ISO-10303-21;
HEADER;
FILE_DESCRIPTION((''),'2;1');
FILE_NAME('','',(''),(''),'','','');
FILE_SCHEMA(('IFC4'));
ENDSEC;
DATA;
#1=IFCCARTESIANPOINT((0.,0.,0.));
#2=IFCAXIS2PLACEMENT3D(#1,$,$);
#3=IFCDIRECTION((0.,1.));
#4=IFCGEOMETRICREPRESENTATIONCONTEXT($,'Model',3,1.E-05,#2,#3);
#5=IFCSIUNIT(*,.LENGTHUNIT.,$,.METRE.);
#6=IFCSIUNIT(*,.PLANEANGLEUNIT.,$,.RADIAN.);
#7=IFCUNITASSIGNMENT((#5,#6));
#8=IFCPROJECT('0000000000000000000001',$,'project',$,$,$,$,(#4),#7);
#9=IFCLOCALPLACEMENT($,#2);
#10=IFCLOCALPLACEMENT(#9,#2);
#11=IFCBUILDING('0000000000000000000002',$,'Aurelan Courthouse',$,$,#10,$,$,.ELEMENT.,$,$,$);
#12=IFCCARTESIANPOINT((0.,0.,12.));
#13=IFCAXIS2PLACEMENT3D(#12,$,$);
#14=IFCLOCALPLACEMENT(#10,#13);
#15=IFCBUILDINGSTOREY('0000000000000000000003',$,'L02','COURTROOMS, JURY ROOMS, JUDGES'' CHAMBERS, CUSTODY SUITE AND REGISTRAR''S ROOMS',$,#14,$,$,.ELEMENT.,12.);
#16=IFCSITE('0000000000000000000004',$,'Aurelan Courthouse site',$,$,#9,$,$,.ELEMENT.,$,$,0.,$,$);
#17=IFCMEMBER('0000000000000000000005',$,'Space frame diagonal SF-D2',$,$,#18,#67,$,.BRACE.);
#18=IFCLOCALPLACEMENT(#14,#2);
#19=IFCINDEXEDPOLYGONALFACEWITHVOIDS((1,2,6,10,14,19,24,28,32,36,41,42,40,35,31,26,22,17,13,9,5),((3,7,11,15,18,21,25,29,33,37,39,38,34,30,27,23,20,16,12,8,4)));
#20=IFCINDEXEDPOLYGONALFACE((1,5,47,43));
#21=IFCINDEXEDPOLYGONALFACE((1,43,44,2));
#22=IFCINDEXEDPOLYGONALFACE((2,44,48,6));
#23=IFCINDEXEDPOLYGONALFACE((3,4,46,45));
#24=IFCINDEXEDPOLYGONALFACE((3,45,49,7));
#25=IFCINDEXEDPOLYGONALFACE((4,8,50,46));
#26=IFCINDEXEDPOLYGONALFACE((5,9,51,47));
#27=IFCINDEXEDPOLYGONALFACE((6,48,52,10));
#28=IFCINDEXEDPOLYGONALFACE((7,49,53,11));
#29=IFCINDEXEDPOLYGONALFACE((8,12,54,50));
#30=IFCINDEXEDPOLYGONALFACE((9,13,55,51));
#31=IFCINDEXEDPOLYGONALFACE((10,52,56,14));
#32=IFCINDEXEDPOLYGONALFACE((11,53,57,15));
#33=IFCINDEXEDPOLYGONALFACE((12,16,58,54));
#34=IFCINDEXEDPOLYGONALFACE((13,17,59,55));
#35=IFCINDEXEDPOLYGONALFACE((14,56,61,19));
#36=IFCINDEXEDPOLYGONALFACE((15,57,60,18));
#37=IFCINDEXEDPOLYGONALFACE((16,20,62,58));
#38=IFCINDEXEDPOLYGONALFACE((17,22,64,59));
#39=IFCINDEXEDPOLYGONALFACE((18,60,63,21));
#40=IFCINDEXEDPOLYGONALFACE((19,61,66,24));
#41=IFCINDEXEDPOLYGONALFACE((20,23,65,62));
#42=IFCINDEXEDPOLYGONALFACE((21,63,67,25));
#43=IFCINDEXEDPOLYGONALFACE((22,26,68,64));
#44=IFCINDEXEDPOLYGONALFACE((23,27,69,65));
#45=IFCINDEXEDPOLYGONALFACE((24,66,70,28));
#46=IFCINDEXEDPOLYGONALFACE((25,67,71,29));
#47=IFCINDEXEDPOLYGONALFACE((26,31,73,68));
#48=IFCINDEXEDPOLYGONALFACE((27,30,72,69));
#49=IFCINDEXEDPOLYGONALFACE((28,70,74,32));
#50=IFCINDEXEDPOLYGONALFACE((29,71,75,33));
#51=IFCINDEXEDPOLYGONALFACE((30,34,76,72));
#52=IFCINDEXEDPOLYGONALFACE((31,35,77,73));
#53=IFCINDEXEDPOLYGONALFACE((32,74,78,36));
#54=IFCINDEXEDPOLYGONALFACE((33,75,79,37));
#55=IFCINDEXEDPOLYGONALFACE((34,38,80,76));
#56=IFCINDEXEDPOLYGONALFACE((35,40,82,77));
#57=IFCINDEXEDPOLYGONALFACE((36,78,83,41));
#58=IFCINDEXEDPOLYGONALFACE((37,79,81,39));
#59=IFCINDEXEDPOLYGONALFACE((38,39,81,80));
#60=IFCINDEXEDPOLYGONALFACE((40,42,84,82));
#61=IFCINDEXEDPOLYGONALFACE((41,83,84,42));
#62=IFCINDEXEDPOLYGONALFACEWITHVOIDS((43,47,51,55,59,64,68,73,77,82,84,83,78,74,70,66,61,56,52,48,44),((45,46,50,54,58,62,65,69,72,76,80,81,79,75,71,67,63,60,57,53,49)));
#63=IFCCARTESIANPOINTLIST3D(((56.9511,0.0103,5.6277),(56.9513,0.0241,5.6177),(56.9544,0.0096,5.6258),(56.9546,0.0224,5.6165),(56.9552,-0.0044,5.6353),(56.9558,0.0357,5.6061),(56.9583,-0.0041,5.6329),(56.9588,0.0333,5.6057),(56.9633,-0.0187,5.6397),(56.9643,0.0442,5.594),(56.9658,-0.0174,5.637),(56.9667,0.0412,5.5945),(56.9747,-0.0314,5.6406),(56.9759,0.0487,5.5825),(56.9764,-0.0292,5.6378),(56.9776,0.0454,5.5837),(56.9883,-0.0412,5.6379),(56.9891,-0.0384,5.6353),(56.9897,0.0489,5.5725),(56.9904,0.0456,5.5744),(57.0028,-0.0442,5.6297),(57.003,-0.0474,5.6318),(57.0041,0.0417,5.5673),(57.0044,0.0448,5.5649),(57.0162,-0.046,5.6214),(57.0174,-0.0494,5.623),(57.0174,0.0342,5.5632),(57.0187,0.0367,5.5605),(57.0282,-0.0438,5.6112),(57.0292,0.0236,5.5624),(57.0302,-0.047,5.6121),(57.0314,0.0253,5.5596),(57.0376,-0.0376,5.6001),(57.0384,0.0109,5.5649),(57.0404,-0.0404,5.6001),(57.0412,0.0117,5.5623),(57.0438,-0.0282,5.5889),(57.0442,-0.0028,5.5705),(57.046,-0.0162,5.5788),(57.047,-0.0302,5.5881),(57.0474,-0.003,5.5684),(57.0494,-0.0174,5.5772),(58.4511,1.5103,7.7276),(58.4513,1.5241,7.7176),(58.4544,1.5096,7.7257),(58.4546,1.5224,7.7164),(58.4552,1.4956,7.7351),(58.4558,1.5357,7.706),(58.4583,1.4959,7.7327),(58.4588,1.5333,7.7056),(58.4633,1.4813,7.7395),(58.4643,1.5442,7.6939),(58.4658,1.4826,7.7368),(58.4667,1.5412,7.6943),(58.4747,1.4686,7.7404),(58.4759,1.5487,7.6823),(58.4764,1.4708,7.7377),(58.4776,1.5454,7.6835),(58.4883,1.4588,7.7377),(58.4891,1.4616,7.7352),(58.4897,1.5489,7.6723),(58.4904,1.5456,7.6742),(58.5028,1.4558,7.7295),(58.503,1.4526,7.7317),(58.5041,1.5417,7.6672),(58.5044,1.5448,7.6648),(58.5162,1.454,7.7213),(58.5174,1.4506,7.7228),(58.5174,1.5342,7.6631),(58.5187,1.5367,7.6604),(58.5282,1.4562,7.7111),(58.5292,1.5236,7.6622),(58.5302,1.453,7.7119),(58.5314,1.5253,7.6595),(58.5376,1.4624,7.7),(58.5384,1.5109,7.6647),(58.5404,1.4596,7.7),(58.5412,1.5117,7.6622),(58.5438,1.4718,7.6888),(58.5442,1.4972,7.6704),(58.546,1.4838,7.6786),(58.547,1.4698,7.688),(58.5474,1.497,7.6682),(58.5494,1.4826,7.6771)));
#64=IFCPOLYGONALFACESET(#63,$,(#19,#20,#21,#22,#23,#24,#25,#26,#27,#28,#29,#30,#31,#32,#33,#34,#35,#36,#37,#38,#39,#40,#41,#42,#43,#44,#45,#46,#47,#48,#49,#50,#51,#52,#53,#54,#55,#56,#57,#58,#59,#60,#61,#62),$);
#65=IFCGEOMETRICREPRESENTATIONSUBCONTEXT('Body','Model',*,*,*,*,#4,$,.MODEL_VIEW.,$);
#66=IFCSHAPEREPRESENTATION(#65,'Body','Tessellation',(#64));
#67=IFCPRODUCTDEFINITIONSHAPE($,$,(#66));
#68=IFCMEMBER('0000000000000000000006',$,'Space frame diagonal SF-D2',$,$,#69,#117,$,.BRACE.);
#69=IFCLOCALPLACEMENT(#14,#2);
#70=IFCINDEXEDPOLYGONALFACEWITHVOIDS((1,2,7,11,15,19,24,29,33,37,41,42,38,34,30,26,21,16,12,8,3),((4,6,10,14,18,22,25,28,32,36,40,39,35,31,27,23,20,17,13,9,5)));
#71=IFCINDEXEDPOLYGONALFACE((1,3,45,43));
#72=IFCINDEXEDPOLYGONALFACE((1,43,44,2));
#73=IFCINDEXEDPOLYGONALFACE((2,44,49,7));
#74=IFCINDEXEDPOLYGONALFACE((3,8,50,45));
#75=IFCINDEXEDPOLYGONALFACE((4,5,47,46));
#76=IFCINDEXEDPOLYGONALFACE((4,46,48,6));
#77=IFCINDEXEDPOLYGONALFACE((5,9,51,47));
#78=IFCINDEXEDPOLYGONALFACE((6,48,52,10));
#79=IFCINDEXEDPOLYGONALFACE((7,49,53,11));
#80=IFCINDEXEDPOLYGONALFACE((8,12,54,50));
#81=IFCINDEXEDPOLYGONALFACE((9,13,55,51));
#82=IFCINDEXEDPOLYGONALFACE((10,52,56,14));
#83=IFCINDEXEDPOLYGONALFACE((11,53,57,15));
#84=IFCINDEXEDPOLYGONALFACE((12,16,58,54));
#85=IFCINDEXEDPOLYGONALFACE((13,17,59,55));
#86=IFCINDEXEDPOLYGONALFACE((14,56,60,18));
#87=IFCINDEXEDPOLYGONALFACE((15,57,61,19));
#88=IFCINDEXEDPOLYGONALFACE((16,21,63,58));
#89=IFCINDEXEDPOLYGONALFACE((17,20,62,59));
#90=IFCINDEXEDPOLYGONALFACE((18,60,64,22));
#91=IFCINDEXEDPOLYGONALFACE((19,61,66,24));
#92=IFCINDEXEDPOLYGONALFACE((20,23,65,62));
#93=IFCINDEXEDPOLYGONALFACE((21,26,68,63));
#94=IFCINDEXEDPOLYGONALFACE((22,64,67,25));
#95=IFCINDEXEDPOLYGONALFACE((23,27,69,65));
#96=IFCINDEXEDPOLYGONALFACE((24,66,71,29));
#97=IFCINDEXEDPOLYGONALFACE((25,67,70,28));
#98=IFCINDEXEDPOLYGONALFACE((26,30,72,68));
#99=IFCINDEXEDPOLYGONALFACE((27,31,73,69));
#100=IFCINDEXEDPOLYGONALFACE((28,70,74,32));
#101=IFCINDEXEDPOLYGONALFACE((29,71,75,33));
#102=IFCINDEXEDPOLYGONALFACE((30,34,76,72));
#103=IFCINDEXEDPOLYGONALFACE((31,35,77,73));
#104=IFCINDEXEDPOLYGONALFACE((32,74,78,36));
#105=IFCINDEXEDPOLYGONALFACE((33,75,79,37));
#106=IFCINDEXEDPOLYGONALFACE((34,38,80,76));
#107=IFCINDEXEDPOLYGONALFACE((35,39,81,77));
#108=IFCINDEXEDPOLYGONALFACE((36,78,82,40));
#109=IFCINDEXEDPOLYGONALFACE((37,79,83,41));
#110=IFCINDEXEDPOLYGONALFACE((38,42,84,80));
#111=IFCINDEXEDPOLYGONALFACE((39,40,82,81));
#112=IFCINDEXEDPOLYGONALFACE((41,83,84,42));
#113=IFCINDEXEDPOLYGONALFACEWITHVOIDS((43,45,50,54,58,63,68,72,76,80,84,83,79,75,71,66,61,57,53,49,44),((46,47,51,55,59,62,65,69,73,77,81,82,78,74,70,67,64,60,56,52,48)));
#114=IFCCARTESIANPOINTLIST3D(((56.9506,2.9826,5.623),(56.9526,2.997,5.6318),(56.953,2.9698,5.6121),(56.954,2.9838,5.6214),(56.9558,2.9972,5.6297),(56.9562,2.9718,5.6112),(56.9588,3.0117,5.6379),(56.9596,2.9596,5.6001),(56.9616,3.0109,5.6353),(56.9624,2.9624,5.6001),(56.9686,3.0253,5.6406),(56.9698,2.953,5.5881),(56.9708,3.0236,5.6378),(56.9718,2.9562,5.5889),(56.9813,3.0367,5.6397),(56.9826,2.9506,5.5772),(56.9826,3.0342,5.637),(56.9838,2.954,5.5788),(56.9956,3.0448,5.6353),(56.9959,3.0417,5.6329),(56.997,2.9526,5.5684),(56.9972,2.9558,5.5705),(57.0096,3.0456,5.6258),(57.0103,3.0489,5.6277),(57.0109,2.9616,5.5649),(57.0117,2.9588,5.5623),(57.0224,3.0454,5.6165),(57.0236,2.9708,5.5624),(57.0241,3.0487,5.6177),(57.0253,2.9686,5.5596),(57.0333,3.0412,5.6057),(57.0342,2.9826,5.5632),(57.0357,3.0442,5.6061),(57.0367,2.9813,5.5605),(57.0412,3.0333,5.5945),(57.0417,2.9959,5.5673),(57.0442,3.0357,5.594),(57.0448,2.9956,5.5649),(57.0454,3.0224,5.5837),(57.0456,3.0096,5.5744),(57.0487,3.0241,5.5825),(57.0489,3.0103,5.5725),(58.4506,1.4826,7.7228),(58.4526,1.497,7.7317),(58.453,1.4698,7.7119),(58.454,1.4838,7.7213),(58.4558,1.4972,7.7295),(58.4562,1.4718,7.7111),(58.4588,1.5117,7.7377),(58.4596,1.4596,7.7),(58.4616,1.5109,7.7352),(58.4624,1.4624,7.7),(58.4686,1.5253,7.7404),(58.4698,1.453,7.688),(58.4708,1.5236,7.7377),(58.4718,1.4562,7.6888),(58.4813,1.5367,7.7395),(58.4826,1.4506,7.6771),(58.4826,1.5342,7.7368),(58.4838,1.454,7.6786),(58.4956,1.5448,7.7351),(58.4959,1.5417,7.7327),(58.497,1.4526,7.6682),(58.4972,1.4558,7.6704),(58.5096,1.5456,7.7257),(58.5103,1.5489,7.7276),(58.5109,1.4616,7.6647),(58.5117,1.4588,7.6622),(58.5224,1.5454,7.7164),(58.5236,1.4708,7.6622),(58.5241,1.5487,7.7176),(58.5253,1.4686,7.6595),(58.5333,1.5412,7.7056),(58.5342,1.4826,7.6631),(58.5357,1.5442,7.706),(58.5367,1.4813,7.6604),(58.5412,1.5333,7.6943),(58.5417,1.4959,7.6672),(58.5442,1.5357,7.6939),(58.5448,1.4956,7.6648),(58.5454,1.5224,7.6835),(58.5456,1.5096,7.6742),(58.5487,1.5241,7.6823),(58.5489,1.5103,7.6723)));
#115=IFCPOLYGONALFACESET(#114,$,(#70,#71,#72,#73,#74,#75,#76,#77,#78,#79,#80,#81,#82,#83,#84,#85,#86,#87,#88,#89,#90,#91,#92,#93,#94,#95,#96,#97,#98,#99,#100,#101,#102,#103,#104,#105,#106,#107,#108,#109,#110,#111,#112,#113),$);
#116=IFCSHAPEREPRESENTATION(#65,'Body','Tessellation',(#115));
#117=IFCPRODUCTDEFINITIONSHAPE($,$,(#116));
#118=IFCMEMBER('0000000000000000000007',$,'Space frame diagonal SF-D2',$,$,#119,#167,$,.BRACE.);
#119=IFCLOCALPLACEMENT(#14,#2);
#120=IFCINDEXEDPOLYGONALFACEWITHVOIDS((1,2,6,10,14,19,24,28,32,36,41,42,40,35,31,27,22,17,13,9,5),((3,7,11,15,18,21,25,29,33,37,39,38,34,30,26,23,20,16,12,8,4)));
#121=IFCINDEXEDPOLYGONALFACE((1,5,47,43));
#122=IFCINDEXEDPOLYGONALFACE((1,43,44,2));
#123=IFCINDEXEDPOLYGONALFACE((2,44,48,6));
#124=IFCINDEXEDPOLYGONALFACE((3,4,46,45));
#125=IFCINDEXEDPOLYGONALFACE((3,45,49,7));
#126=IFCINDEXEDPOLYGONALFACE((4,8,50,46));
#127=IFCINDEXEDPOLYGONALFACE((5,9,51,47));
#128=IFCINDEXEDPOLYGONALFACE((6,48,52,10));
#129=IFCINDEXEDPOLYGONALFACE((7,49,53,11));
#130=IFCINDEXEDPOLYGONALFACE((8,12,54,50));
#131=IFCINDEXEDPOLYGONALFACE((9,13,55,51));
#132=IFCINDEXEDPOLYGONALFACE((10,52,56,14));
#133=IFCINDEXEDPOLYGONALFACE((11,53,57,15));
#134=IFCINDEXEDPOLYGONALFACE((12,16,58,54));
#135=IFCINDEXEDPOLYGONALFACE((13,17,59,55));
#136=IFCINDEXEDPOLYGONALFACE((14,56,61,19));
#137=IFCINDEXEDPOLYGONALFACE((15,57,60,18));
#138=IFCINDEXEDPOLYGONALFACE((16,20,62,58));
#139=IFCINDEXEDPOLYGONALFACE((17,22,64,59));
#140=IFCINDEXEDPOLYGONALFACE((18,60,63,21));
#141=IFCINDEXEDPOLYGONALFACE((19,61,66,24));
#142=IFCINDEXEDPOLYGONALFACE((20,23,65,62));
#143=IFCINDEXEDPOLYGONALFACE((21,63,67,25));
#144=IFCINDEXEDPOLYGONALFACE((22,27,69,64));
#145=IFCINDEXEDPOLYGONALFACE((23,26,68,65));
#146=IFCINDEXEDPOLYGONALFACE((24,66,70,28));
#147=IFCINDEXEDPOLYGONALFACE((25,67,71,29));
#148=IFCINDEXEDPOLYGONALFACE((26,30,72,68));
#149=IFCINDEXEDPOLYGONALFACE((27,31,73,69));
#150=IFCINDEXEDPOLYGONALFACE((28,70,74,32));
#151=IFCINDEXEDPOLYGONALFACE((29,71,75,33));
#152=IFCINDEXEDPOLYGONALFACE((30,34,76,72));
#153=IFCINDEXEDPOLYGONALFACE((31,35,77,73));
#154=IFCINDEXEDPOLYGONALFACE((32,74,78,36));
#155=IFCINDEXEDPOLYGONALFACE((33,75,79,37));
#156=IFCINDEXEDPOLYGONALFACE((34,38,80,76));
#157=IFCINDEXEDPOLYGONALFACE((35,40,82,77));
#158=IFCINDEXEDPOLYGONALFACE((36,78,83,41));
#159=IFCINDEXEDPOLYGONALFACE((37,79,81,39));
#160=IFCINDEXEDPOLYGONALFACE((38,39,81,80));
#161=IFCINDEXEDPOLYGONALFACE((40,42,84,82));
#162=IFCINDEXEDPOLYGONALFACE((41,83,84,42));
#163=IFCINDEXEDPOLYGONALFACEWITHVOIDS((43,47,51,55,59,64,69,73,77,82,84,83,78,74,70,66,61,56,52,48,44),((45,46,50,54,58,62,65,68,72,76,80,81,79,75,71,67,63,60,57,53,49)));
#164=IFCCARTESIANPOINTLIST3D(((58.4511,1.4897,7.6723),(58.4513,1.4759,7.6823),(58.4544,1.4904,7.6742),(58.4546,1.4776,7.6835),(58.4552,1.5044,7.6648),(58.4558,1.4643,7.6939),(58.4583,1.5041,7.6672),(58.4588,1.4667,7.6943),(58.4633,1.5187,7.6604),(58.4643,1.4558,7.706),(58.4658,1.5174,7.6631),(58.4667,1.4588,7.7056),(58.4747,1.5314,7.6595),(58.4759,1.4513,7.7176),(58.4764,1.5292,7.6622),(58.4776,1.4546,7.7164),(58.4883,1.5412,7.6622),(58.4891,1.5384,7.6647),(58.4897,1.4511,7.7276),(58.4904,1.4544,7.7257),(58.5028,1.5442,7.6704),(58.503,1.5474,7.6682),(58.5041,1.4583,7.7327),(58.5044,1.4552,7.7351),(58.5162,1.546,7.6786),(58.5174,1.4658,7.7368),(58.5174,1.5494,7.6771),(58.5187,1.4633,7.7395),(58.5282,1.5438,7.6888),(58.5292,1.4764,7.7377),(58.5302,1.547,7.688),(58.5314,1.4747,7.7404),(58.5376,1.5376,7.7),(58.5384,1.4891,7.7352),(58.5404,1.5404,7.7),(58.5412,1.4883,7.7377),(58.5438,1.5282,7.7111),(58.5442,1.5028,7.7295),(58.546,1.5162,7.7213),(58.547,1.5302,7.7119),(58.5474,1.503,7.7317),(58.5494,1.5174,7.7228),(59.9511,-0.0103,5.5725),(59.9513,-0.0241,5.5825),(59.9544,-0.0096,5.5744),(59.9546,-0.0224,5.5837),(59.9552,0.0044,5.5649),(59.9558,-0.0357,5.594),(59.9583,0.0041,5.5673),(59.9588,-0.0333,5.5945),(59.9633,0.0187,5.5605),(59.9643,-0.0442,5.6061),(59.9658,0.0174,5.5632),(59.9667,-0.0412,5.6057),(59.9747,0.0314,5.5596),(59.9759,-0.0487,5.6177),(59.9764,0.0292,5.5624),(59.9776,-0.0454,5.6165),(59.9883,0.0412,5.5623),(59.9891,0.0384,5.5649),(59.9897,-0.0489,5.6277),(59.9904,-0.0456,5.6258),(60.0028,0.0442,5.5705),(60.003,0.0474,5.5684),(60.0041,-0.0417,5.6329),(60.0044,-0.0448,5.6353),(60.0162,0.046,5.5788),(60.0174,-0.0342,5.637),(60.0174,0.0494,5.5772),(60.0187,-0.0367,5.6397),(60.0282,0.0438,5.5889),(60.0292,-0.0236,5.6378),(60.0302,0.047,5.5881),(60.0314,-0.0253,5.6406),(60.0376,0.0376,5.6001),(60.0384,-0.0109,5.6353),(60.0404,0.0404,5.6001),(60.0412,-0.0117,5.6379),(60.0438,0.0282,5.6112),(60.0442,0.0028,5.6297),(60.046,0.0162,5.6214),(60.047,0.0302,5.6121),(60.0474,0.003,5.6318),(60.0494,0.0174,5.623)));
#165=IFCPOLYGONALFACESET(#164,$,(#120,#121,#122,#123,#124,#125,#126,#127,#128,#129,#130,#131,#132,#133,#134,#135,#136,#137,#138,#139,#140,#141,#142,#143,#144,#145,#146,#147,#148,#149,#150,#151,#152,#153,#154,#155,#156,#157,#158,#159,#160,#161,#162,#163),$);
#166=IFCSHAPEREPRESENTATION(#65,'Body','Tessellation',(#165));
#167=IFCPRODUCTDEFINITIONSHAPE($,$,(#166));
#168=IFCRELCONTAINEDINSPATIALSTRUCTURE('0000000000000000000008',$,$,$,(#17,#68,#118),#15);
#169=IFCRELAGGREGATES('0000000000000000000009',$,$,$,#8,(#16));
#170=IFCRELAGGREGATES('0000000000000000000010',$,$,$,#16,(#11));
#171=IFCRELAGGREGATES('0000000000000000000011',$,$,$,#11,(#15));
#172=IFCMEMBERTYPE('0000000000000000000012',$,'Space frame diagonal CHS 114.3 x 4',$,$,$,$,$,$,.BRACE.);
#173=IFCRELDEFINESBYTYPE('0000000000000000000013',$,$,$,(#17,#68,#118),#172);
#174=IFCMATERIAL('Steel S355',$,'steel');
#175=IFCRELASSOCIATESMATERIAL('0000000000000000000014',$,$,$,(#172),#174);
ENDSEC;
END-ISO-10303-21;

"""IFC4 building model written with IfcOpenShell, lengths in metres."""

from ifc_helpers import new_model, si_unit, direction, frame, origin, origin_2d, place, context, subcontext, project, spatial, hollow_circle, extrude, material, material_profile, profile_set, type_object, element, save


model = new_model("IFC4")

# Units and contexts
model_context = context("Model", 3, precision=1e-05, world=origin(), true_north=direction((0.0, 1.0)))
body_context = subcontext(model_context, "Body", "Model", "MODEL_VIEW")
ifc_project = project(units=[si_unit("LENGTHUNIT", "METRE"), si_unit("PLANEANGLEUNIT", "RADIAN")], contexts=[model_context])

# Site, building, storey
site_placement = place(None, origin())
site = spatial("IfcSite", under=ifc_project, at=site_placement, Name="Aurelan Courthouse site", CompositionType="ELEMENT", RefElevation=0.0)
building_placement = place(site_placement, origin())
building = spatial("IfcBuilding", under=site, at=building_placement, Name="Aurelan Courthouse", CompositionType="ELEMENT")
storey_placement = place(building_placement, frame((0.0, 0.0, 12.0)))
storey = spatial("IfcBuildingStorey", under=building, at=storey_placement, Name="L02", Description="COURTROOMS, JURY ROOMS, JUDGES' CHAMBERS, CUSTODY SUITE AND REGISTRAR'S ROOMS", CompositionType="ELEMENT", Elevation=12.0)

# Members
ifc_material_1 = material(Name="Steel S355", Category="steel")
ifc_material_profile_1 = material_profile(ifc_material_1, hollow_circle(Radius=0.0571, WallThickness=0.0039, at=origin_2d()), Name="CHS 114.3 x 4")
ifc_profile_set_1 = profile_set([ifc_material_profile_1], Name="Steel S355")
member_type_1 = type_object("IfcMemberType", Name="Space frame diagonal CHS 114.3 x 4", PredefinedType="BRACE", material=ifc_profile_set_1)
for number, where, z_axis, x_axis, name in (
    (1, (58.5, 1.5, 7.7), (-0.502536, -0.502536, -0.703502), (0.707107, -0.707107, 0.0), "Space frame diagonal SF-D2"),
    (2, (58.5, 1.5, 7.7), (-0.502536, 0.502536, -0.703502), (-0.707107, -0.707107, 0.0), "Space frame diagonal SF-D2"),
    (3, (58.5, 1.5, 7.7), (0.502536, -0.502536, -0.703502), (0.707107, 0.707107, 0.0), "Space frame diagonal SF-D2"),
):
    element("IfcMember", number, at=place(storey_placement, frame(where, z_axis=z_axis, x_axis=x_axis)), inside=storey, type_object=member_type_1, Name=name, PredefinedType="BRACE", context=body_context, shape_type="SweptSolid", body=[
        extrude(hollow_circle(Radius=0.0571, WallThickness=0.0039, at=origin_2d()), origin(), (0.0, 0.0, 1.0), 2.9849),
    ])

save(model, "model.ifc")
